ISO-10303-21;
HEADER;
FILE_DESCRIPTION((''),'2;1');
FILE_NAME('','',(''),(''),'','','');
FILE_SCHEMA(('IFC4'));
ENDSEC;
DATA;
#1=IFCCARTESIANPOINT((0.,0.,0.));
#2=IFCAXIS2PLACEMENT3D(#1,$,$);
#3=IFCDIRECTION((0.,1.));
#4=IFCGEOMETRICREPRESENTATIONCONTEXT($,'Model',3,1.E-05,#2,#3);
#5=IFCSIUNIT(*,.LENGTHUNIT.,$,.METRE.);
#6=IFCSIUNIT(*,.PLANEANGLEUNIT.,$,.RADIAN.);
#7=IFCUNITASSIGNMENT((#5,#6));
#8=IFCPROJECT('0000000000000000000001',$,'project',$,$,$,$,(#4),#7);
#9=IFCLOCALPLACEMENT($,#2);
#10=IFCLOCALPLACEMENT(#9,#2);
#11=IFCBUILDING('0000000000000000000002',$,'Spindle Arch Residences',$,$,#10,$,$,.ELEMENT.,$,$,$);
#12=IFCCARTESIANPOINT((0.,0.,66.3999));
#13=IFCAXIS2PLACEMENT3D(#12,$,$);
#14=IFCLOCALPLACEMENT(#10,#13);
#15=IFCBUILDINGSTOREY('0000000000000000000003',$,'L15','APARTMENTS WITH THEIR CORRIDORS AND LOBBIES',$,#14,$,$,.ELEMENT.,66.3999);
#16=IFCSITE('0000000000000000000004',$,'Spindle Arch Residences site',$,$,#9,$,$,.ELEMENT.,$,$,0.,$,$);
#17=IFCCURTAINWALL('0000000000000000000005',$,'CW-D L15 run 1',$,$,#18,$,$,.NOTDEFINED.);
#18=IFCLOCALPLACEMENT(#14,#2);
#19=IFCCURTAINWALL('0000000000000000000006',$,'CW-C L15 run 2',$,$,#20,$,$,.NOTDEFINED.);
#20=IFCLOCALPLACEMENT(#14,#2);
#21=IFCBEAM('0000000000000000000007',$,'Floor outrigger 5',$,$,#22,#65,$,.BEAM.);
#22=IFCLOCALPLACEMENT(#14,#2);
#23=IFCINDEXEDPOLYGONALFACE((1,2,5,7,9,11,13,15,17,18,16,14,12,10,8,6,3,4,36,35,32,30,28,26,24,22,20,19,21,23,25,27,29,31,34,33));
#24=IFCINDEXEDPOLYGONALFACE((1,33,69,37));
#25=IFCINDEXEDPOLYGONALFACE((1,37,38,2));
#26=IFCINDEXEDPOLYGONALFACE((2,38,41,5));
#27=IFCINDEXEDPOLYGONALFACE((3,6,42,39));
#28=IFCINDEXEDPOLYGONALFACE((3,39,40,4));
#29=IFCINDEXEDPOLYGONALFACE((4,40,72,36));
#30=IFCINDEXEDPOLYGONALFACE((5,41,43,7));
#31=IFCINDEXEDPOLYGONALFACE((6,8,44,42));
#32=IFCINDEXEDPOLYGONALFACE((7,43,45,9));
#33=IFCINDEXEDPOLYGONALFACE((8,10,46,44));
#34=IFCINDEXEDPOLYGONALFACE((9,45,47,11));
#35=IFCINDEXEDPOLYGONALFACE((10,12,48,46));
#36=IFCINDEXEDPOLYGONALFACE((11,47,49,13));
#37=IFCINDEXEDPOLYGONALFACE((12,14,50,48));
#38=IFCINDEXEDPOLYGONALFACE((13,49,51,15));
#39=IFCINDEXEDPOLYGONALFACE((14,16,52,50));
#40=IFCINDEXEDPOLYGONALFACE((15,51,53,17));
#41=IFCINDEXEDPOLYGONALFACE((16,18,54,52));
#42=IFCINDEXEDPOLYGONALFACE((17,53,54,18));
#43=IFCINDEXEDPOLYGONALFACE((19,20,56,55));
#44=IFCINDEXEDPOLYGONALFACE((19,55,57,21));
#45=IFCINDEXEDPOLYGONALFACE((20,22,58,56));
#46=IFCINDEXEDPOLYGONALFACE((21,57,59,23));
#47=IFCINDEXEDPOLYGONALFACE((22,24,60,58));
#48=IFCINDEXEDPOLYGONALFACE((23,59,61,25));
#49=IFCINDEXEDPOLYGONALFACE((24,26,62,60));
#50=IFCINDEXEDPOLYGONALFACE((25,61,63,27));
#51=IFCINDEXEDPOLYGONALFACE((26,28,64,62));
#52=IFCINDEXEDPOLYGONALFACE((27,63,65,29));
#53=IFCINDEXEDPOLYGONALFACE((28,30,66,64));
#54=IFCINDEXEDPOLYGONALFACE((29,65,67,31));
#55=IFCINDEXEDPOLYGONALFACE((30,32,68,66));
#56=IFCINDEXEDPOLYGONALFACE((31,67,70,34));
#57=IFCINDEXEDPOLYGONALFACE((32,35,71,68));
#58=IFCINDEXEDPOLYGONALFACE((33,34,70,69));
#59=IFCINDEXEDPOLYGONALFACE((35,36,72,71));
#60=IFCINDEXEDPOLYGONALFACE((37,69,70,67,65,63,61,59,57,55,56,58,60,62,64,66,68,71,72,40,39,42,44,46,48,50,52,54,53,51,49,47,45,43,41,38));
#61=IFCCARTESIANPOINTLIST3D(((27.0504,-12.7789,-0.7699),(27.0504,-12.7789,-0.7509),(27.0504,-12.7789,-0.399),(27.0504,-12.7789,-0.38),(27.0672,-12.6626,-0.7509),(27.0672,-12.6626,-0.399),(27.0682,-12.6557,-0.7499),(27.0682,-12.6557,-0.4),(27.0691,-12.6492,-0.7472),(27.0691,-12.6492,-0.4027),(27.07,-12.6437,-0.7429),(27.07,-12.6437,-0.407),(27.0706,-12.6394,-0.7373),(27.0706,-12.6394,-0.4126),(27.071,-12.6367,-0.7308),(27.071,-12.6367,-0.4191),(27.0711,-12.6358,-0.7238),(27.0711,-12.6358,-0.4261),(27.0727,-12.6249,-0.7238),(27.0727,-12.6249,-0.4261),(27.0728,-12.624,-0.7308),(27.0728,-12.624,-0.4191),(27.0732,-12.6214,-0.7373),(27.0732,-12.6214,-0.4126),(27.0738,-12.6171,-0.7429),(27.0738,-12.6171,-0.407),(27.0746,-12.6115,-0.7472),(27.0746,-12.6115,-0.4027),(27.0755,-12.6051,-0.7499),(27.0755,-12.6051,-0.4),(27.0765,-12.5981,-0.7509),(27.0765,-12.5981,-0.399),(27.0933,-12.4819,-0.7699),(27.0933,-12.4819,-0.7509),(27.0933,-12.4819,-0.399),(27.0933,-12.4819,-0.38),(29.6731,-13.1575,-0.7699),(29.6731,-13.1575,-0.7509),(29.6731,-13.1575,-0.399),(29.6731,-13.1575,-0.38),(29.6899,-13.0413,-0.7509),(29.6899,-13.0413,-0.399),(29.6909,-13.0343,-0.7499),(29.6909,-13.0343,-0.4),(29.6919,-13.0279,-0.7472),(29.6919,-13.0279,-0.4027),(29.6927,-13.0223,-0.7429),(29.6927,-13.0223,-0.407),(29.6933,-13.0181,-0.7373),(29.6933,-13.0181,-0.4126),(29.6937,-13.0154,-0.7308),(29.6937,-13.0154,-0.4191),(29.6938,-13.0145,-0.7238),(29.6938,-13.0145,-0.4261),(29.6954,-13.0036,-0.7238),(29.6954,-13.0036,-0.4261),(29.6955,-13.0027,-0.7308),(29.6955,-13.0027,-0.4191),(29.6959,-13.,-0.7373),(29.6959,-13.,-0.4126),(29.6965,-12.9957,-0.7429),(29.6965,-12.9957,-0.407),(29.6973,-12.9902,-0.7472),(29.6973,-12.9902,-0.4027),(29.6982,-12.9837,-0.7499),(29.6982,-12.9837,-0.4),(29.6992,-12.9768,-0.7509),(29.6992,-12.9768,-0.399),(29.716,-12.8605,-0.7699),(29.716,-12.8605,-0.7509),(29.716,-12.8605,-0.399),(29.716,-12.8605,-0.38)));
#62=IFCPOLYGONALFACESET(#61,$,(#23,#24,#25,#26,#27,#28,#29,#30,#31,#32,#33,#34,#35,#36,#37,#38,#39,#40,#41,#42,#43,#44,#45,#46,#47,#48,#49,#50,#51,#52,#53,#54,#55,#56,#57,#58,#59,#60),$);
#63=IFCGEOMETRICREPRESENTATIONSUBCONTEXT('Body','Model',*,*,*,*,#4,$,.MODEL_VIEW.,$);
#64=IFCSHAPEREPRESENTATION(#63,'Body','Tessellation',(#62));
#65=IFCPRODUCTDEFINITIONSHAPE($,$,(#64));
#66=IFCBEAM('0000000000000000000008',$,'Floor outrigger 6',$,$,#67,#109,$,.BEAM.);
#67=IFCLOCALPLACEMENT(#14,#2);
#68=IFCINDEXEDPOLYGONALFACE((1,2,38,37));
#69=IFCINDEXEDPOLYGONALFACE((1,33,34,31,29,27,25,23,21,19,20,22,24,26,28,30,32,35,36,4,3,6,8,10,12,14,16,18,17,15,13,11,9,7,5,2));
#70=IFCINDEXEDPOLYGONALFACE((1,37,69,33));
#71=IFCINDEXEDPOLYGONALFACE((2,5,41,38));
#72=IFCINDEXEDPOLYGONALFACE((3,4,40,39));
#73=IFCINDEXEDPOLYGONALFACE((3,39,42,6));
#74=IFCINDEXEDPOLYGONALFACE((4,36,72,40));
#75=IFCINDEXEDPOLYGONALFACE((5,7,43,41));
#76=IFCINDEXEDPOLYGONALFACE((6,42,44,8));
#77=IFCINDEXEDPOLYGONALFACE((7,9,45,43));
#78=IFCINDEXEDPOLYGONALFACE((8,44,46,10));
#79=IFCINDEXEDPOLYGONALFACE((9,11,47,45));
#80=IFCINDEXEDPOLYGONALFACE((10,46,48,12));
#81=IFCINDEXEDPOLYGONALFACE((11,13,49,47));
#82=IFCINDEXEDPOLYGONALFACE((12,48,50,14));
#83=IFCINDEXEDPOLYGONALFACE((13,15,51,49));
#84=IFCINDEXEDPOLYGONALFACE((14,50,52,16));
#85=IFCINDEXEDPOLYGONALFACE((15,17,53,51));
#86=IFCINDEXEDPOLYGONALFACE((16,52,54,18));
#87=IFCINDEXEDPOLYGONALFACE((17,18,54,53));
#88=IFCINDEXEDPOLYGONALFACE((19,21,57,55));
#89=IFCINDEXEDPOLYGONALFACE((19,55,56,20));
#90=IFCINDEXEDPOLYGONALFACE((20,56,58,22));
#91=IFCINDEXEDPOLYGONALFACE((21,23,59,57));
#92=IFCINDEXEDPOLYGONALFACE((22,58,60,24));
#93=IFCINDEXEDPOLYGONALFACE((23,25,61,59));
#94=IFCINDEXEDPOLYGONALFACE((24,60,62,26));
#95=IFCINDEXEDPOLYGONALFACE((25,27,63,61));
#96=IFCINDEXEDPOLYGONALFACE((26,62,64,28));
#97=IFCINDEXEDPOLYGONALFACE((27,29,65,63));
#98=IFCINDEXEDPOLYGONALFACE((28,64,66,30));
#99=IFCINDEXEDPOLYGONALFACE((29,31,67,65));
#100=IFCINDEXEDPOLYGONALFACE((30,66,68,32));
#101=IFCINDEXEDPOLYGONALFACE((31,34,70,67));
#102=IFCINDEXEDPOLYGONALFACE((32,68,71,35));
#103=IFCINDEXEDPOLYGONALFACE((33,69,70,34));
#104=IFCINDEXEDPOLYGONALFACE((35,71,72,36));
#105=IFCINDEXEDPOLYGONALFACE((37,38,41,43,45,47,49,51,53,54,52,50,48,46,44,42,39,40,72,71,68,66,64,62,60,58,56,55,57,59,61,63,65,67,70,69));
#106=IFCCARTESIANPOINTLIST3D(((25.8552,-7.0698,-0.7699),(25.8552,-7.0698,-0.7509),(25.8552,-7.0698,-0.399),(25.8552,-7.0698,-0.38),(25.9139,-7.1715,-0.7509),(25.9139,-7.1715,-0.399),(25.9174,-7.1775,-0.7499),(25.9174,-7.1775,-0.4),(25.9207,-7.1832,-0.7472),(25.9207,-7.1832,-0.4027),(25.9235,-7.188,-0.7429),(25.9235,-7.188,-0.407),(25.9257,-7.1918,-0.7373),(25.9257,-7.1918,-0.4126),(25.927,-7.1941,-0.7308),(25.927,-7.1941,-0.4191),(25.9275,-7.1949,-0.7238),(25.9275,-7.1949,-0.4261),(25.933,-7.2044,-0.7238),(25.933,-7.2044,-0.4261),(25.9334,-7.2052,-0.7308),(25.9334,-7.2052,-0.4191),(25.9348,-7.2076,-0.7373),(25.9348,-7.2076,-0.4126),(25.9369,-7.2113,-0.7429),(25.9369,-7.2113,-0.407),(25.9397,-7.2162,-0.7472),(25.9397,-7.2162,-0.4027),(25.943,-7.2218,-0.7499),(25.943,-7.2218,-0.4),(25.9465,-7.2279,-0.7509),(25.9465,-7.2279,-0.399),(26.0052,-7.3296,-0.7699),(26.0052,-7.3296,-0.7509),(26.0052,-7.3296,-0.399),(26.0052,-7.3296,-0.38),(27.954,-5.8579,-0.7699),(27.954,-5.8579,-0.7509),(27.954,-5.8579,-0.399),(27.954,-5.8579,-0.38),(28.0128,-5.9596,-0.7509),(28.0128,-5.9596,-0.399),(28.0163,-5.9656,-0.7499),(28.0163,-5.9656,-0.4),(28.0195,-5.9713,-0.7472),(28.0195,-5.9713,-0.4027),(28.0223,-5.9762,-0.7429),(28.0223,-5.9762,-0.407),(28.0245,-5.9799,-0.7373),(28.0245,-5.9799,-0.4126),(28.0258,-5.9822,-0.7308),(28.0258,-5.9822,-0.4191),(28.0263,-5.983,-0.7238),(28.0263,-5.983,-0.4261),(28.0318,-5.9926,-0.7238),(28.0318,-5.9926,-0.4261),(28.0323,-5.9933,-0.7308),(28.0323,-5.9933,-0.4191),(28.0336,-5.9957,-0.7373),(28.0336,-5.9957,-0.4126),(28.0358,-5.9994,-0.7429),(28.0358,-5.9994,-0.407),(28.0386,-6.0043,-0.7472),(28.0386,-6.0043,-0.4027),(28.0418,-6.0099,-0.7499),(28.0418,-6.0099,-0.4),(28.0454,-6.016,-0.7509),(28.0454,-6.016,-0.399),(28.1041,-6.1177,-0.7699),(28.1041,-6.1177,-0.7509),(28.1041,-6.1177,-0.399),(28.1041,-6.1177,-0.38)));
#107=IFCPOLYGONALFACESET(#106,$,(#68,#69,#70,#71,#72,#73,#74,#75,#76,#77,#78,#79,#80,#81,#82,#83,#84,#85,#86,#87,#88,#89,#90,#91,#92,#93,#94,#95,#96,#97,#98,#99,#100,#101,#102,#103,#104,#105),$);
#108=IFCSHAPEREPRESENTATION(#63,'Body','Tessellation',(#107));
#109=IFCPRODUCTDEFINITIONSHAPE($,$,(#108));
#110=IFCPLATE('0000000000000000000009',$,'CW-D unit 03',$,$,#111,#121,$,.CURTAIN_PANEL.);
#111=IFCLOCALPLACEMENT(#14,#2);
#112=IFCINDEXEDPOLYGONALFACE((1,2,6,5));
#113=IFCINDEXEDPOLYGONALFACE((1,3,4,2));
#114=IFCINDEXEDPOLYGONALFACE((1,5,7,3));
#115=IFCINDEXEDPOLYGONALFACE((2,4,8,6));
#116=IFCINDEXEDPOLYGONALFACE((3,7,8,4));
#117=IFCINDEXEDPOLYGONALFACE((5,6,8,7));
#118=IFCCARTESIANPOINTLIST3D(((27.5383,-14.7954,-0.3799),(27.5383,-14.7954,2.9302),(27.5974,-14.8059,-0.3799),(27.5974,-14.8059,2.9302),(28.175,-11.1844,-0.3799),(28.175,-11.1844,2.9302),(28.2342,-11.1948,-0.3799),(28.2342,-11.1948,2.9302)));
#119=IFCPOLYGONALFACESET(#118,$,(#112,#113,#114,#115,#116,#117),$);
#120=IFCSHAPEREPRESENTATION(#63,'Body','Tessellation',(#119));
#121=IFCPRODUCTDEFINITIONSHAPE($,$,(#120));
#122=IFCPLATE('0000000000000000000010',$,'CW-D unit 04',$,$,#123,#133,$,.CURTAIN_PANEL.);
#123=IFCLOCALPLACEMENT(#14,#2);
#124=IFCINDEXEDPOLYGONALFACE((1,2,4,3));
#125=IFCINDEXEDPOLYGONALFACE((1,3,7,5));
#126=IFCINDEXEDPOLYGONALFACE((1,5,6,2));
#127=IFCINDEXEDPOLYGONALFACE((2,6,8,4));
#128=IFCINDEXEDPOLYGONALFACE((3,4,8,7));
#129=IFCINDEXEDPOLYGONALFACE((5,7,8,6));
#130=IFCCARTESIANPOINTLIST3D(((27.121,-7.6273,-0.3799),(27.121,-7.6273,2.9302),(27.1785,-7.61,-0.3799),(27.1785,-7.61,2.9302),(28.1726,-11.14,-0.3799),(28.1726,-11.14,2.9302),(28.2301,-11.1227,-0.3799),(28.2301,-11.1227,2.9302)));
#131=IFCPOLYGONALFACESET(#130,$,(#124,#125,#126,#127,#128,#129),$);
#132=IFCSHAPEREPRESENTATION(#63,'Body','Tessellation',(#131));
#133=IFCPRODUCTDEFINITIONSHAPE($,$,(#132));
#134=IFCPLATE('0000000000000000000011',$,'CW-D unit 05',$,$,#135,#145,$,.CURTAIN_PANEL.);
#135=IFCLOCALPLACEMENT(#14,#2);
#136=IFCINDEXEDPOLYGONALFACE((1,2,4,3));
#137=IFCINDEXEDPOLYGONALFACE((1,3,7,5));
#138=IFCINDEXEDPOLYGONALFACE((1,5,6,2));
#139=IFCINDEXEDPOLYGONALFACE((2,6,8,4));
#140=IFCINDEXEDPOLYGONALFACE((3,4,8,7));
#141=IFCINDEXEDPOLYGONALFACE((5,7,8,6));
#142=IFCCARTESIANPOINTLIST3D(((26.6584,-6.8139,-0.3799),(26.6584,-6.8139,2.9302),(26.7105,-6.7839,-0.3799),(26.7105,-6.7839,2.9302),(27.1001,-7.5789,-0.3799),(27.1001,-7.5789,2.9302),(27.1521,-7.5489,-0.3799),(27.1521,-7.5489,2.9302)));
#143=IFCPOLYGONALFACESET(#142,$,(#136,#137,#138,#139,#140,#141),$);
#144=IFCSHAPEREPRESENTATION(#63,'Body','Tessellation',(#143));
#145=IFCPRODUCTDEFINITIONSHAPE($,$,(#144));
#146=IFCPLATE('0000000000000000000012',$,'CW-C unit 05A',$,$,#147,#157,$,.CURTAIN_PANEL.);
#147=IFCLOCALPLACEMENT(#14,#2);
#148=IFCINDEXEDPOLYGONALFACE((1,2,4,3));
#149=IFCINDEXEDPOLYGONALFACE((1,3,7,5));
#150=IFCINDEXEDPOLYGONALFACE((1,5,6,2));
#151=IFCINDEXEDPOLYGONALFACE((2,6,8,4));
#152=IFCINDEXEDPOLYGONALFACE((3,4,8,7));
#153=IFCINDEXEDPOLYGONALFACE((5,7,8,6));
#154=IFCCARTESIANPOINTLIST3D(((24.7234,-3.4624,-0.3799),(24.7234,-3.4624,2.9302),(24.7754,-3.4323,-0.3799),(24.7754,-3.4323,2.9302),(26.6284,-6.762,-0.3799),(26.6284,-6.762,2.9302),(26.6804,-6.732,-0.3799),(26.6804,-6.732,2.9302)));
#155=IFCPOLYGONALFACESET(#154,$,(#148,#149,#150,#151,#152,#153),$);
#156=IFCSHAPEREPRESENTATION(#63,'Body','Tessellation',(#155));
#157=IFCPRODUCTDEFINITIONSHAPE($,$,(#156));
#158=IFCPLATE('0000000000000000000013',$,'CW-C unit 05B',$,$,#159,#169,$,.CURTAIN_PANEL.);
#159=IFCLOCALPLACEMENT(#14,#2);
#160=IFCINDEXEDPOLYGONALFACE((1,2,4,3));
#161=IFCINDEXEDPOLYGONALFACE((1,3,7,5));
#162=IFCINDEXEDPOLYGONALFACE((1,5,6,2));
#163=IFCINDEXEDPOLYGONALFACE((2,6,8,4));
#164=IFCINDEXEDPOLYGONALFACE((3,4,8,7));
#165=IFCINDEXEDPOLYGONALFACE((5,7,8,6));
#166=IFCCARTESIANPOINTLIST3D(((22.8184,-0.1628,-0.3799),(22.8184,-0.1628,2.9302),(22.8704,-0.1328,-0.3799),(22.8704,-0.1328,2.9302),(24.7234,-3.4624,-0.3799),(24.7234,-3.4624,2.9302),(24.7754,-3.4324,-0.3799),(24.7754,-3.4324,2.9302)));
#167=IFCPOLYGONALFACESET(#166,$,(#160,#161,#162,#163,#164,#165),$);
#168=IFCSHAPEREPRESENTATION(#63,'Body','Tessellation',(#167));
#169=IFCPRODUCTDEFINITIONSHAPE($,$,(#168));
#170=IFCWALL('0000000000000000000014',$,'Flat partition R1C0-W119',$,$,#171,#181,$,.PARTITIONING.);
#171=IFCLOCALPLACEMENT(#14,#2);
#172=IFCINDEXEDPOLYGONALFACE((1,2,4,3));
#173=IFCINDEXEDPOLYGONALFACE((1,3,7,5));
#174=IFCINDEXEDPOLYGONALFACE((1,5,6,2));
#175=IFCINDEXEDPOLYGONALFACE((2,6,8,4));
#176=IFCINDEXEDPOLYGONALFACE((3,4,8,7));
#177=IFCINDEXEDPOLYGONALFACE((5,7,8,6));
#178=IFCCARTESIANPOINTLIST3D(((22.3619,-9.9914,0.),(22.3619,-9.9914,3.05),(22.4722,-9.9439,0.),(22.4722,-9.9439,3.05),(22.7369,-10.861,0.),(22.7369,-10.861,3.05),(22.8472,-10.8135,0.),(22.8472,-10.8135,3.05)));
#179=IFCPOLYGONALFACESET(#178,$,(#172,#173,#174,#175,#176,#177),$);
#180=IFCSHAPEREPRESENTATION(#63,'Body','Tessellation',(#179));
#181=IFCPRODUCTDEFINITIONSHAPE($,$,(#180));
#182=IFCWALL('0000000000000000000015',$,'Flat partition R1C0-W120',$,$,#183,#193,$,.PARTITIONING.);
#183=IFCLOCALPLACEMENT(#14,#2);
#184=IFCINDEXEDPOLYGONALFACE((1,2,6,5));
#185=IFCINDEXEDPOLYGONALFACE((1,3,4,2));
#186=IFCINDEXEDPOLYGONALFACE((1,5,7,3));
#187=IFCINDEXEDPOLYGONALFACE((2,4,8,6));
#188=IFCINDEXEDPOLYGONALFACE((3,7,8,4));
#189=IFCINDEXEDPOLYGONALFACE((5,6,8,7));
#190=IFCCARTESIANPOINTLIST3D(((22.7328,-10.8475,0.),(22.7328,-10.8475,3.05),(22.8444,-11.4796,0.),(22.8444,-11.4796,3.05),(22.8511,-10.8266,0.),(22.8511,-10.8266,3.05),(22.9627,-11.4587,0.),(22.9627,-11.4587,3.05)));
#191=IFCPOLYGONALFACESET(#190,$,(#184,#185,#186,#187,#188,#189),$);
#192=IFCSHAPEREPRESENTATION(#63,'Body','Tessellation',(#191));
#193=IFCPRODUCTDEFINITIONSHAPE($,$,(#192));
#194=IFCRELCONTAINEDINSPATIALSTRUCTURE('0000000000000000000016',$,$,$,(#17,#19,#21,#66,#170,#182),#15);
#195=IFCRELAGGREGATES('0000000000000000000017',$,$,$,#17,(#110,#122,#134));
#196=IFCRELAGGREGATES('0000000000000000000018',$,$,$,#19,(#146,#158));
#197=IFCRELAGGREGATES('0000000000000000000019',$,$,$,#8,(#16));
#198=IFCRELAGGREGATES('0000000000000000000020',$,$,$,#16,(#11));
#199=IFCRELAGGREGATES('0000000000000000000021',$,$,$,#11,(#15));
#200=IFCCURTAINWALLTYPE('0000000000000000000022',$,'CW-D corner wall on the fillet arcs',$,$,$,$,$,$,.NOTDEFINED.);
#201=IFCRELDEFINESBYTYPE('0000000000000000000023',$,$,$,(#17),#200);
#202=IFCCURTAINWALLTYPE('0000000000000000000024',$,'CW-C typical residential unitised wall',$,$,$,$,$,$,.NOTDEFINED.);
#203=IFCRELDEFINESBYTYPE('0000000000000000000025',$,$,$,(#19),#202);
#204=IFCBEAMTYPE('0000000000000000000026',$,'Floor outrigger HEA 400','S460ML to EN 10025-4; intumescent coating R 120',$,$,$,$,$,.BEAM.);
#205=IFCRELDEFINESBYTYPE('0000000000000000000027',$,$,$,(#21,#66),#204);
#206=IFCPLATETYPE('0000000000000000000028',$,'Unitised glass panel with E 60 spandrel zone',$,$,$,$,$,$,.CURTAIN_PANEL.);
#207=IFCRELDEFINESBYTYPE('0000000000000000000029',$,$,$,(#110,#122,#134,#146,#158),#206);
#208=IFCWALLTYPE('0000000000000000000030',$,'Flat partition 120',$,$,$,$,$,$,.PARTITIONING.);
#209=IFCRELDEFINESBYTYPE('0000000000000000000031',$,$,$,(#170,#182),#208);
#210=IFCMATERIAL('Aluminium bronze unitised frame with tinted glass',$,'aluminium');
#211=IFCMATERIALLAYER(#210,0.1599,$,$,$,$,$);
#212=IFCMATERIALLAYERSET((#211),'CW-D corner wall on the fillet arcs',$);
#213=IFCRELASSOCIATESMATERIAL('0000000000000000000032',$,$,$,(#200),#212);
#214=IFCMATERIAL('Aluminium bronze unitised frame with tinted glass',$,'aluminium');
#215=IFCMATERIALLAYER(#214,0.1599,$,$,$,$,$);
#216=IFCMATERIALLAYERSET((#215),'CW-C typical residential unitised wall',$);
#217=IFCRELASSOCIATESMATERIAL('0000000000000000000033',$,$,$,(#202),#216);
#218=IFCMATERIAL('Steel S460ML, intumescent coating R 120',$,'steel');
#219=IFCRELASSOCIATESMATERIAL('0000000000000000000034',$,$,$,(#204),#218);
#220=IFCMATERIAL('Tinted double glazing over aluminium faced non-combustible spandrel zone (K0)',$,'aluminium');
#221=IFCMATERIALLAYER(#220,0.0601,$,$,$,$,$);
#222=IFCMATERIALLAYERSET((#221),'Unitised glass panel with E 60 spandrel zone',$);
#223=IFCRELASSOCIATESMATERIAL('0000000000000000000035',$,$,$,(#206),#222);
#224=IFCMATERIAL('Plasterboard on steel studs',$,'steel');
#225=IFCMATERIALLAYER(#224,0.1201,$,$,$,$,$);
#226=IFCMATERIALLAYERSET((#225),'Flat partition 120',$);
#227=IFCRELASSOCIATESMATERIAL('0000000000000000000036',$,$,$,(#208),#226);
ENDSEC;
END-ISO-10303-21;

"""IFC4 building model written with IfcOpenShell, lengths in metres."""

from ifc_helpers import new_model, si_unit, direction, frame, frame_2d, origin, origin_2d, place, context, subcontext, project, spatial, rectangle, i_section, extrude, material, layer, layer_set, material_profile, profile_set, type_object, element, aggregate, save


model = new_model("IFC4")

# Units and contexts
model_context = context("Model", 3, precision=1e-05, world=origin(), true_north=direction((0.0, 1.0)))
body_context = subcontext(model_context, "Body", "Model", "MODEL_VIEW")
ifc_project = project(units=[si_unit("LENGTHUNIT", "METRE"), si_unit("PLANEANGLEUNIT", "RADIAN")], contexts=[model_context])

# Site, building, storey
site_placement = place(None, origin())
site = spatial("IfcSite", under=ifc_project, at=site_placement, Name="Spindle Arch Residences site", CompositionType="ELEMENT", RefElevation=0.0)
building_placement = place(site_placement, origin())
building = spatial("IfcBuilding", under=site, at=building_placement, Name="Spindle Arch Residences", CompositionType="ELEMENT")
storey_placement = place(building_placement, frame((0.0, 0.0, 66.3999)))
storey = spatial("IfcBuildingStorey", under=building, at=storey_placement, Name="L15", Description="APARTMENTS WITH THEIR CORRIDORS AND LOBBIES", CompositionType="ELEMENT", Elevation=66.3999)

# Curtain walls
ifc_material_1 = material(Name="Aluminium bronze unitised frame with tinted glass", Category="aluminium")
ifc_layer_1 = layer(ifc_material_1, 0.1599)
ifc_layer_set_1 = layer_set([ifc_layer_1], Name="CW-D corner wall on the fillet arcs")
curtain_wall_type_1 = type_object("IfcCurtainWallType", Name="CW-D corner wall on the fillet arcs", PredefinedType="NOTDEFINED", material=ifc_layer_set_1)
curtain_wall_1_placement = place(storey_placement, origin())
curtain_wall_1 = element("IfcCurtainWall", 1, at=curtain_wall_1_placement, inside=storey, type_object=curtain_wall_type_1, Name="CW-D L15 run 1", PredefinedType="NOTDEFINED")
ifc_material_2 = material(Name="Aluminium bronze unitised frame with tinted glass", Category="aluminium")
ifc_layer_2 = layer(ifc_material_2, 0.1599)
ifc_layer_set_2 = layer_set([ifc_layer_2], Name="CW-C typical residential unitised wall")
curtain_wall_type_2 = type_object("IfcCurtainWallType", Name="CW-C typical residential unitised wall", PredefinedType="NOTDEFINED", material=ifc_layer_set_2)
curtain_wall_2_placement = place(storey_placement, origin())
curtain_wall_2 = element("IfcCurtainWall", 2, at=curtain_wall_2_placement, inside=storey, type_object=curtain_wall_type_2, Name="CW-C L15 run 2", PredefinedType="NOTDEFINED")

# Beams
ifc_material_3 = material(Name="Steel S460ML, intumescent coating R 120", Category="steel")
ifc_material_profile_1 = material_profile(ifc_material_3, i_section(OverallWidth=0.3, OverallDepth=0.3899, WebThickness=0.011, FlangeThickness=0.019, FilletRadius=0.0271, at=origin_2d()), Name="HEA 400")
ifc_profile_set_1 = profile_set([ifc_material_profile_1], Name="Steel S460ML, intumescent coating R 120")
beam_type_1 = type_object("IfcBeamType", Name="Floor outrigger HEA 400", Description="S460ML to EN 10025-4; intumescent coating R 120", PredefinedType="BEAM", material=ifc_profile_set_1)
beam_1_placement = place(storey_placement, frame((29.6946, -13.009, -0.575), z_axis=(-0.989738, 0.142892, 0.0), x_axis=(-0.142892, -0.989738, 0.0)))
element("IfcBeam", 3, at=beam_1_placement, inside=storey, type_object=beam_type_1, Name="Floor outrigger 5", PredefinedType="BEAM", context=body_context, shape_type="SweptSolid", body=[
    extrude(i_section(OverallWidth=0.3, OverallDepth=0.3899, WebThickness=0.011, FlangeThickness=0.019, FilletRadius=0.0271, at=origin_2d()), origin(), (0.0, 0.0, 1.0), 2.6499),
])
beam_2_placement = place(storey_placement, frame((28.0291, -5.9878, -0.575), z_axis=(-0.866003, -0.500039, 0.0), x_axis=(0.500039, -0.866003, 0.0)))
element("IfcBeam", 4, at=beam_2_placement, inside=storey, type_object=beam_type_1, Name="Floor outrigger 6", PredefinedType="BEAM", context=body_context, shape_type="SweptSolid", body=[
    extrude(i_section(OverallWidth=0.3, OverallDepth=0.3899, WebThickness=0.011, FlangeThickness=0.019, FilletRadius=0.0271, at=origin_2d()), origin(), (0.0, 0.0, 1.0), 2.4236),
])

# Plates
ifc_material_4 = material(Name="Tinted double glazing over aluminium faced non-combustible spandrel zone (K0)", Category="aluminium")
ifc_layer_3 = layer(ifc_material_4, 0.0601)
ifc_layer_set_3 = layer_set([ifc_layer_3], Name="Unitised glass panel with E 60 spandrel zone")
plate_type = type_object("IfcPlateType", Name="Unitised glass panel with E 60 spandrel zone", PredefinedType="CURTAIN_PANEL", material=ifc_layer_set_3)
plate_1_placement = place(storey_placement, frame((27.8862, -12.9951, -0.3799), z_axis=(0.0, 0.0, 1.0), x_axis=(0.173648, 0.984808, 0.0)))
plate_1 = element("IfcPlate", 5, at=plate_1_placement, type_object=plate_type, Name="CW-D unit 03", PredefinedType="CURTAIN_PANEL", context=body_context, shape_type="SweptSolid", body=[
    extrude(rectangle(XDim=3.6667, YDim=0.0601, at=origin_2d()), origin(), (0.0, 0.0, 1.0), 3.3101),
])
plate_2_placement = place(storey_placement, frame((27.6755, -9.375, -0.3799), z_axis=(0.0, 0.0, 1.0), x_axis=(-0.286803, 0.95799, 0.0)))
plate_2 = element("IfcPlate", 6, at=plate_2_placement, type_object=plate_type, Name="CW-D unit 04", PredefinedType="CURTAIN_PANEL", context=body_context, shape_type="SweptSolid", body=[
    extrude(rectangle(XDim=3.6667, YDim=0.0601, at=origin_2d()), origin(), (0.0, 0.0, 1.0), 3.3101),
])
plate_3_placement = place(storey_placement, frame((26.9053, -7.1814, -0.3799), z_axis=(0.0, 0.0, 1.0), x_axis=(-0.5, 0.866025, 0.0)))
plate_3 = element("IfcPlate", 7, at=plate_3_placement, type_object=plate_type, Name="CW-D unit 05", PredefinedType="CURTAIN_PANEL", context=body_context, shape_type="SweptSolid", body=[
    extrude(rectangle(XDim=0.8833, YDim=0.0601, at=origin_2d()), origin(), (0.0, 0.0, 1.0), 3.3101),
])
aggregate(curtain_wall_1, [plate_1, plate_2, plate_3])
plate_4_placement = place(storey_placement, frame((25.7019, -5.0972, -0.3799), z_axis=(0.0, 0.0, 1.0), x_axis=(-0.5, 0.866025, 0.0)))
plate_4 = element("IfcPlate", 8, at=plate_4_placement, type_object=plate_type, Name="CW-C unit 05A", PredefinedType="CURTAIN_PANEL", context=body_context, shape_type="SweptSolid", body=[
    extrude(rectangle(XDim=3.8101, YDim=0.0601, at=origin_2d()), origin(), (0.0, 0.0, 1.0), 3.3101),
])
plate_5_placement = place(storey_placement, frame((23.7969, -1.7976, -0.3799), z_axis=(0.0, 0.0, 1.0), x_axis=(-0.5, 0.866025, 0.0)))
plate_5 = element("IfcPlate", 9, at=plate_5_placement, type_object=plate_type, Name="CW-C unit 05B", PredefinedType="CURTAIN_PANEL", context=body_context, shape_type="SweptSolid", body=[
    extrude(rectangle(XDim=3.8101, YDim=0.0601, at=origin_2d()), origin(), (0.0, 0.0, 1.0), 3.3101),
])
aggregate(curtain_wall_2, [plate_4, plate_5])

# Walls
ifc_material_5 = material(Name="Plasterboard on steel studs", Category="steel")
ifc_layer_4 = layer(ifc_material_5, 0.1201)
ifc_layer_set_4 = layer_set([ifc_layer_4], Name="Flat partition 120")
wall_type = type_object("IfcWallType", Name="Flat partition 120", PredefinedType="PARTITIONING", material=ifc_layer_set_4)
wall_1_placement = place(storey_placement, frame((22.417, -9.9675, 0.0), z_axis=(0.0, 0.0, 1.0), x_axis=(0.395972, -0.918263, 0.0)))
element("IfcWall", 10, at=wall_1_placement, inside=storey, type_object=wall_type, Name="Flat partition R1C0-W119", PredefinedType="PARTITIONING", context=body_context, shape_type="SweptSolid", body=[
    extrude(rectangle(XDim=0.947, YDim=0.1201, at=frame_2d((0.4736, 0.0))), origin(), (0.0, 0.0, 1.0), 3.05),
])
wall_2_placement = place(storey_placement, frame((22.792, -10.8372, 0.0), z_axis=(0.0, 0.0, 1.0), x_axis=(0.173829, -0.984776, 0.0)))
element("IfcWall", 11, at=wall_2_placement, inside=storey, type_object=wall_type, Name="Flat partition R1C0-W120", PredefinedType="PARTITIONING", context=body_context, shape_type="SweptSolid", body=[
    extrude(rectangle(XDim=0.6418, YDim=0.1201, at=frame_2d((0.3208, 0.0))), origin(), (0.0, 0.0, 1.0), 3.05),
])

save(model, "model.ifc")
